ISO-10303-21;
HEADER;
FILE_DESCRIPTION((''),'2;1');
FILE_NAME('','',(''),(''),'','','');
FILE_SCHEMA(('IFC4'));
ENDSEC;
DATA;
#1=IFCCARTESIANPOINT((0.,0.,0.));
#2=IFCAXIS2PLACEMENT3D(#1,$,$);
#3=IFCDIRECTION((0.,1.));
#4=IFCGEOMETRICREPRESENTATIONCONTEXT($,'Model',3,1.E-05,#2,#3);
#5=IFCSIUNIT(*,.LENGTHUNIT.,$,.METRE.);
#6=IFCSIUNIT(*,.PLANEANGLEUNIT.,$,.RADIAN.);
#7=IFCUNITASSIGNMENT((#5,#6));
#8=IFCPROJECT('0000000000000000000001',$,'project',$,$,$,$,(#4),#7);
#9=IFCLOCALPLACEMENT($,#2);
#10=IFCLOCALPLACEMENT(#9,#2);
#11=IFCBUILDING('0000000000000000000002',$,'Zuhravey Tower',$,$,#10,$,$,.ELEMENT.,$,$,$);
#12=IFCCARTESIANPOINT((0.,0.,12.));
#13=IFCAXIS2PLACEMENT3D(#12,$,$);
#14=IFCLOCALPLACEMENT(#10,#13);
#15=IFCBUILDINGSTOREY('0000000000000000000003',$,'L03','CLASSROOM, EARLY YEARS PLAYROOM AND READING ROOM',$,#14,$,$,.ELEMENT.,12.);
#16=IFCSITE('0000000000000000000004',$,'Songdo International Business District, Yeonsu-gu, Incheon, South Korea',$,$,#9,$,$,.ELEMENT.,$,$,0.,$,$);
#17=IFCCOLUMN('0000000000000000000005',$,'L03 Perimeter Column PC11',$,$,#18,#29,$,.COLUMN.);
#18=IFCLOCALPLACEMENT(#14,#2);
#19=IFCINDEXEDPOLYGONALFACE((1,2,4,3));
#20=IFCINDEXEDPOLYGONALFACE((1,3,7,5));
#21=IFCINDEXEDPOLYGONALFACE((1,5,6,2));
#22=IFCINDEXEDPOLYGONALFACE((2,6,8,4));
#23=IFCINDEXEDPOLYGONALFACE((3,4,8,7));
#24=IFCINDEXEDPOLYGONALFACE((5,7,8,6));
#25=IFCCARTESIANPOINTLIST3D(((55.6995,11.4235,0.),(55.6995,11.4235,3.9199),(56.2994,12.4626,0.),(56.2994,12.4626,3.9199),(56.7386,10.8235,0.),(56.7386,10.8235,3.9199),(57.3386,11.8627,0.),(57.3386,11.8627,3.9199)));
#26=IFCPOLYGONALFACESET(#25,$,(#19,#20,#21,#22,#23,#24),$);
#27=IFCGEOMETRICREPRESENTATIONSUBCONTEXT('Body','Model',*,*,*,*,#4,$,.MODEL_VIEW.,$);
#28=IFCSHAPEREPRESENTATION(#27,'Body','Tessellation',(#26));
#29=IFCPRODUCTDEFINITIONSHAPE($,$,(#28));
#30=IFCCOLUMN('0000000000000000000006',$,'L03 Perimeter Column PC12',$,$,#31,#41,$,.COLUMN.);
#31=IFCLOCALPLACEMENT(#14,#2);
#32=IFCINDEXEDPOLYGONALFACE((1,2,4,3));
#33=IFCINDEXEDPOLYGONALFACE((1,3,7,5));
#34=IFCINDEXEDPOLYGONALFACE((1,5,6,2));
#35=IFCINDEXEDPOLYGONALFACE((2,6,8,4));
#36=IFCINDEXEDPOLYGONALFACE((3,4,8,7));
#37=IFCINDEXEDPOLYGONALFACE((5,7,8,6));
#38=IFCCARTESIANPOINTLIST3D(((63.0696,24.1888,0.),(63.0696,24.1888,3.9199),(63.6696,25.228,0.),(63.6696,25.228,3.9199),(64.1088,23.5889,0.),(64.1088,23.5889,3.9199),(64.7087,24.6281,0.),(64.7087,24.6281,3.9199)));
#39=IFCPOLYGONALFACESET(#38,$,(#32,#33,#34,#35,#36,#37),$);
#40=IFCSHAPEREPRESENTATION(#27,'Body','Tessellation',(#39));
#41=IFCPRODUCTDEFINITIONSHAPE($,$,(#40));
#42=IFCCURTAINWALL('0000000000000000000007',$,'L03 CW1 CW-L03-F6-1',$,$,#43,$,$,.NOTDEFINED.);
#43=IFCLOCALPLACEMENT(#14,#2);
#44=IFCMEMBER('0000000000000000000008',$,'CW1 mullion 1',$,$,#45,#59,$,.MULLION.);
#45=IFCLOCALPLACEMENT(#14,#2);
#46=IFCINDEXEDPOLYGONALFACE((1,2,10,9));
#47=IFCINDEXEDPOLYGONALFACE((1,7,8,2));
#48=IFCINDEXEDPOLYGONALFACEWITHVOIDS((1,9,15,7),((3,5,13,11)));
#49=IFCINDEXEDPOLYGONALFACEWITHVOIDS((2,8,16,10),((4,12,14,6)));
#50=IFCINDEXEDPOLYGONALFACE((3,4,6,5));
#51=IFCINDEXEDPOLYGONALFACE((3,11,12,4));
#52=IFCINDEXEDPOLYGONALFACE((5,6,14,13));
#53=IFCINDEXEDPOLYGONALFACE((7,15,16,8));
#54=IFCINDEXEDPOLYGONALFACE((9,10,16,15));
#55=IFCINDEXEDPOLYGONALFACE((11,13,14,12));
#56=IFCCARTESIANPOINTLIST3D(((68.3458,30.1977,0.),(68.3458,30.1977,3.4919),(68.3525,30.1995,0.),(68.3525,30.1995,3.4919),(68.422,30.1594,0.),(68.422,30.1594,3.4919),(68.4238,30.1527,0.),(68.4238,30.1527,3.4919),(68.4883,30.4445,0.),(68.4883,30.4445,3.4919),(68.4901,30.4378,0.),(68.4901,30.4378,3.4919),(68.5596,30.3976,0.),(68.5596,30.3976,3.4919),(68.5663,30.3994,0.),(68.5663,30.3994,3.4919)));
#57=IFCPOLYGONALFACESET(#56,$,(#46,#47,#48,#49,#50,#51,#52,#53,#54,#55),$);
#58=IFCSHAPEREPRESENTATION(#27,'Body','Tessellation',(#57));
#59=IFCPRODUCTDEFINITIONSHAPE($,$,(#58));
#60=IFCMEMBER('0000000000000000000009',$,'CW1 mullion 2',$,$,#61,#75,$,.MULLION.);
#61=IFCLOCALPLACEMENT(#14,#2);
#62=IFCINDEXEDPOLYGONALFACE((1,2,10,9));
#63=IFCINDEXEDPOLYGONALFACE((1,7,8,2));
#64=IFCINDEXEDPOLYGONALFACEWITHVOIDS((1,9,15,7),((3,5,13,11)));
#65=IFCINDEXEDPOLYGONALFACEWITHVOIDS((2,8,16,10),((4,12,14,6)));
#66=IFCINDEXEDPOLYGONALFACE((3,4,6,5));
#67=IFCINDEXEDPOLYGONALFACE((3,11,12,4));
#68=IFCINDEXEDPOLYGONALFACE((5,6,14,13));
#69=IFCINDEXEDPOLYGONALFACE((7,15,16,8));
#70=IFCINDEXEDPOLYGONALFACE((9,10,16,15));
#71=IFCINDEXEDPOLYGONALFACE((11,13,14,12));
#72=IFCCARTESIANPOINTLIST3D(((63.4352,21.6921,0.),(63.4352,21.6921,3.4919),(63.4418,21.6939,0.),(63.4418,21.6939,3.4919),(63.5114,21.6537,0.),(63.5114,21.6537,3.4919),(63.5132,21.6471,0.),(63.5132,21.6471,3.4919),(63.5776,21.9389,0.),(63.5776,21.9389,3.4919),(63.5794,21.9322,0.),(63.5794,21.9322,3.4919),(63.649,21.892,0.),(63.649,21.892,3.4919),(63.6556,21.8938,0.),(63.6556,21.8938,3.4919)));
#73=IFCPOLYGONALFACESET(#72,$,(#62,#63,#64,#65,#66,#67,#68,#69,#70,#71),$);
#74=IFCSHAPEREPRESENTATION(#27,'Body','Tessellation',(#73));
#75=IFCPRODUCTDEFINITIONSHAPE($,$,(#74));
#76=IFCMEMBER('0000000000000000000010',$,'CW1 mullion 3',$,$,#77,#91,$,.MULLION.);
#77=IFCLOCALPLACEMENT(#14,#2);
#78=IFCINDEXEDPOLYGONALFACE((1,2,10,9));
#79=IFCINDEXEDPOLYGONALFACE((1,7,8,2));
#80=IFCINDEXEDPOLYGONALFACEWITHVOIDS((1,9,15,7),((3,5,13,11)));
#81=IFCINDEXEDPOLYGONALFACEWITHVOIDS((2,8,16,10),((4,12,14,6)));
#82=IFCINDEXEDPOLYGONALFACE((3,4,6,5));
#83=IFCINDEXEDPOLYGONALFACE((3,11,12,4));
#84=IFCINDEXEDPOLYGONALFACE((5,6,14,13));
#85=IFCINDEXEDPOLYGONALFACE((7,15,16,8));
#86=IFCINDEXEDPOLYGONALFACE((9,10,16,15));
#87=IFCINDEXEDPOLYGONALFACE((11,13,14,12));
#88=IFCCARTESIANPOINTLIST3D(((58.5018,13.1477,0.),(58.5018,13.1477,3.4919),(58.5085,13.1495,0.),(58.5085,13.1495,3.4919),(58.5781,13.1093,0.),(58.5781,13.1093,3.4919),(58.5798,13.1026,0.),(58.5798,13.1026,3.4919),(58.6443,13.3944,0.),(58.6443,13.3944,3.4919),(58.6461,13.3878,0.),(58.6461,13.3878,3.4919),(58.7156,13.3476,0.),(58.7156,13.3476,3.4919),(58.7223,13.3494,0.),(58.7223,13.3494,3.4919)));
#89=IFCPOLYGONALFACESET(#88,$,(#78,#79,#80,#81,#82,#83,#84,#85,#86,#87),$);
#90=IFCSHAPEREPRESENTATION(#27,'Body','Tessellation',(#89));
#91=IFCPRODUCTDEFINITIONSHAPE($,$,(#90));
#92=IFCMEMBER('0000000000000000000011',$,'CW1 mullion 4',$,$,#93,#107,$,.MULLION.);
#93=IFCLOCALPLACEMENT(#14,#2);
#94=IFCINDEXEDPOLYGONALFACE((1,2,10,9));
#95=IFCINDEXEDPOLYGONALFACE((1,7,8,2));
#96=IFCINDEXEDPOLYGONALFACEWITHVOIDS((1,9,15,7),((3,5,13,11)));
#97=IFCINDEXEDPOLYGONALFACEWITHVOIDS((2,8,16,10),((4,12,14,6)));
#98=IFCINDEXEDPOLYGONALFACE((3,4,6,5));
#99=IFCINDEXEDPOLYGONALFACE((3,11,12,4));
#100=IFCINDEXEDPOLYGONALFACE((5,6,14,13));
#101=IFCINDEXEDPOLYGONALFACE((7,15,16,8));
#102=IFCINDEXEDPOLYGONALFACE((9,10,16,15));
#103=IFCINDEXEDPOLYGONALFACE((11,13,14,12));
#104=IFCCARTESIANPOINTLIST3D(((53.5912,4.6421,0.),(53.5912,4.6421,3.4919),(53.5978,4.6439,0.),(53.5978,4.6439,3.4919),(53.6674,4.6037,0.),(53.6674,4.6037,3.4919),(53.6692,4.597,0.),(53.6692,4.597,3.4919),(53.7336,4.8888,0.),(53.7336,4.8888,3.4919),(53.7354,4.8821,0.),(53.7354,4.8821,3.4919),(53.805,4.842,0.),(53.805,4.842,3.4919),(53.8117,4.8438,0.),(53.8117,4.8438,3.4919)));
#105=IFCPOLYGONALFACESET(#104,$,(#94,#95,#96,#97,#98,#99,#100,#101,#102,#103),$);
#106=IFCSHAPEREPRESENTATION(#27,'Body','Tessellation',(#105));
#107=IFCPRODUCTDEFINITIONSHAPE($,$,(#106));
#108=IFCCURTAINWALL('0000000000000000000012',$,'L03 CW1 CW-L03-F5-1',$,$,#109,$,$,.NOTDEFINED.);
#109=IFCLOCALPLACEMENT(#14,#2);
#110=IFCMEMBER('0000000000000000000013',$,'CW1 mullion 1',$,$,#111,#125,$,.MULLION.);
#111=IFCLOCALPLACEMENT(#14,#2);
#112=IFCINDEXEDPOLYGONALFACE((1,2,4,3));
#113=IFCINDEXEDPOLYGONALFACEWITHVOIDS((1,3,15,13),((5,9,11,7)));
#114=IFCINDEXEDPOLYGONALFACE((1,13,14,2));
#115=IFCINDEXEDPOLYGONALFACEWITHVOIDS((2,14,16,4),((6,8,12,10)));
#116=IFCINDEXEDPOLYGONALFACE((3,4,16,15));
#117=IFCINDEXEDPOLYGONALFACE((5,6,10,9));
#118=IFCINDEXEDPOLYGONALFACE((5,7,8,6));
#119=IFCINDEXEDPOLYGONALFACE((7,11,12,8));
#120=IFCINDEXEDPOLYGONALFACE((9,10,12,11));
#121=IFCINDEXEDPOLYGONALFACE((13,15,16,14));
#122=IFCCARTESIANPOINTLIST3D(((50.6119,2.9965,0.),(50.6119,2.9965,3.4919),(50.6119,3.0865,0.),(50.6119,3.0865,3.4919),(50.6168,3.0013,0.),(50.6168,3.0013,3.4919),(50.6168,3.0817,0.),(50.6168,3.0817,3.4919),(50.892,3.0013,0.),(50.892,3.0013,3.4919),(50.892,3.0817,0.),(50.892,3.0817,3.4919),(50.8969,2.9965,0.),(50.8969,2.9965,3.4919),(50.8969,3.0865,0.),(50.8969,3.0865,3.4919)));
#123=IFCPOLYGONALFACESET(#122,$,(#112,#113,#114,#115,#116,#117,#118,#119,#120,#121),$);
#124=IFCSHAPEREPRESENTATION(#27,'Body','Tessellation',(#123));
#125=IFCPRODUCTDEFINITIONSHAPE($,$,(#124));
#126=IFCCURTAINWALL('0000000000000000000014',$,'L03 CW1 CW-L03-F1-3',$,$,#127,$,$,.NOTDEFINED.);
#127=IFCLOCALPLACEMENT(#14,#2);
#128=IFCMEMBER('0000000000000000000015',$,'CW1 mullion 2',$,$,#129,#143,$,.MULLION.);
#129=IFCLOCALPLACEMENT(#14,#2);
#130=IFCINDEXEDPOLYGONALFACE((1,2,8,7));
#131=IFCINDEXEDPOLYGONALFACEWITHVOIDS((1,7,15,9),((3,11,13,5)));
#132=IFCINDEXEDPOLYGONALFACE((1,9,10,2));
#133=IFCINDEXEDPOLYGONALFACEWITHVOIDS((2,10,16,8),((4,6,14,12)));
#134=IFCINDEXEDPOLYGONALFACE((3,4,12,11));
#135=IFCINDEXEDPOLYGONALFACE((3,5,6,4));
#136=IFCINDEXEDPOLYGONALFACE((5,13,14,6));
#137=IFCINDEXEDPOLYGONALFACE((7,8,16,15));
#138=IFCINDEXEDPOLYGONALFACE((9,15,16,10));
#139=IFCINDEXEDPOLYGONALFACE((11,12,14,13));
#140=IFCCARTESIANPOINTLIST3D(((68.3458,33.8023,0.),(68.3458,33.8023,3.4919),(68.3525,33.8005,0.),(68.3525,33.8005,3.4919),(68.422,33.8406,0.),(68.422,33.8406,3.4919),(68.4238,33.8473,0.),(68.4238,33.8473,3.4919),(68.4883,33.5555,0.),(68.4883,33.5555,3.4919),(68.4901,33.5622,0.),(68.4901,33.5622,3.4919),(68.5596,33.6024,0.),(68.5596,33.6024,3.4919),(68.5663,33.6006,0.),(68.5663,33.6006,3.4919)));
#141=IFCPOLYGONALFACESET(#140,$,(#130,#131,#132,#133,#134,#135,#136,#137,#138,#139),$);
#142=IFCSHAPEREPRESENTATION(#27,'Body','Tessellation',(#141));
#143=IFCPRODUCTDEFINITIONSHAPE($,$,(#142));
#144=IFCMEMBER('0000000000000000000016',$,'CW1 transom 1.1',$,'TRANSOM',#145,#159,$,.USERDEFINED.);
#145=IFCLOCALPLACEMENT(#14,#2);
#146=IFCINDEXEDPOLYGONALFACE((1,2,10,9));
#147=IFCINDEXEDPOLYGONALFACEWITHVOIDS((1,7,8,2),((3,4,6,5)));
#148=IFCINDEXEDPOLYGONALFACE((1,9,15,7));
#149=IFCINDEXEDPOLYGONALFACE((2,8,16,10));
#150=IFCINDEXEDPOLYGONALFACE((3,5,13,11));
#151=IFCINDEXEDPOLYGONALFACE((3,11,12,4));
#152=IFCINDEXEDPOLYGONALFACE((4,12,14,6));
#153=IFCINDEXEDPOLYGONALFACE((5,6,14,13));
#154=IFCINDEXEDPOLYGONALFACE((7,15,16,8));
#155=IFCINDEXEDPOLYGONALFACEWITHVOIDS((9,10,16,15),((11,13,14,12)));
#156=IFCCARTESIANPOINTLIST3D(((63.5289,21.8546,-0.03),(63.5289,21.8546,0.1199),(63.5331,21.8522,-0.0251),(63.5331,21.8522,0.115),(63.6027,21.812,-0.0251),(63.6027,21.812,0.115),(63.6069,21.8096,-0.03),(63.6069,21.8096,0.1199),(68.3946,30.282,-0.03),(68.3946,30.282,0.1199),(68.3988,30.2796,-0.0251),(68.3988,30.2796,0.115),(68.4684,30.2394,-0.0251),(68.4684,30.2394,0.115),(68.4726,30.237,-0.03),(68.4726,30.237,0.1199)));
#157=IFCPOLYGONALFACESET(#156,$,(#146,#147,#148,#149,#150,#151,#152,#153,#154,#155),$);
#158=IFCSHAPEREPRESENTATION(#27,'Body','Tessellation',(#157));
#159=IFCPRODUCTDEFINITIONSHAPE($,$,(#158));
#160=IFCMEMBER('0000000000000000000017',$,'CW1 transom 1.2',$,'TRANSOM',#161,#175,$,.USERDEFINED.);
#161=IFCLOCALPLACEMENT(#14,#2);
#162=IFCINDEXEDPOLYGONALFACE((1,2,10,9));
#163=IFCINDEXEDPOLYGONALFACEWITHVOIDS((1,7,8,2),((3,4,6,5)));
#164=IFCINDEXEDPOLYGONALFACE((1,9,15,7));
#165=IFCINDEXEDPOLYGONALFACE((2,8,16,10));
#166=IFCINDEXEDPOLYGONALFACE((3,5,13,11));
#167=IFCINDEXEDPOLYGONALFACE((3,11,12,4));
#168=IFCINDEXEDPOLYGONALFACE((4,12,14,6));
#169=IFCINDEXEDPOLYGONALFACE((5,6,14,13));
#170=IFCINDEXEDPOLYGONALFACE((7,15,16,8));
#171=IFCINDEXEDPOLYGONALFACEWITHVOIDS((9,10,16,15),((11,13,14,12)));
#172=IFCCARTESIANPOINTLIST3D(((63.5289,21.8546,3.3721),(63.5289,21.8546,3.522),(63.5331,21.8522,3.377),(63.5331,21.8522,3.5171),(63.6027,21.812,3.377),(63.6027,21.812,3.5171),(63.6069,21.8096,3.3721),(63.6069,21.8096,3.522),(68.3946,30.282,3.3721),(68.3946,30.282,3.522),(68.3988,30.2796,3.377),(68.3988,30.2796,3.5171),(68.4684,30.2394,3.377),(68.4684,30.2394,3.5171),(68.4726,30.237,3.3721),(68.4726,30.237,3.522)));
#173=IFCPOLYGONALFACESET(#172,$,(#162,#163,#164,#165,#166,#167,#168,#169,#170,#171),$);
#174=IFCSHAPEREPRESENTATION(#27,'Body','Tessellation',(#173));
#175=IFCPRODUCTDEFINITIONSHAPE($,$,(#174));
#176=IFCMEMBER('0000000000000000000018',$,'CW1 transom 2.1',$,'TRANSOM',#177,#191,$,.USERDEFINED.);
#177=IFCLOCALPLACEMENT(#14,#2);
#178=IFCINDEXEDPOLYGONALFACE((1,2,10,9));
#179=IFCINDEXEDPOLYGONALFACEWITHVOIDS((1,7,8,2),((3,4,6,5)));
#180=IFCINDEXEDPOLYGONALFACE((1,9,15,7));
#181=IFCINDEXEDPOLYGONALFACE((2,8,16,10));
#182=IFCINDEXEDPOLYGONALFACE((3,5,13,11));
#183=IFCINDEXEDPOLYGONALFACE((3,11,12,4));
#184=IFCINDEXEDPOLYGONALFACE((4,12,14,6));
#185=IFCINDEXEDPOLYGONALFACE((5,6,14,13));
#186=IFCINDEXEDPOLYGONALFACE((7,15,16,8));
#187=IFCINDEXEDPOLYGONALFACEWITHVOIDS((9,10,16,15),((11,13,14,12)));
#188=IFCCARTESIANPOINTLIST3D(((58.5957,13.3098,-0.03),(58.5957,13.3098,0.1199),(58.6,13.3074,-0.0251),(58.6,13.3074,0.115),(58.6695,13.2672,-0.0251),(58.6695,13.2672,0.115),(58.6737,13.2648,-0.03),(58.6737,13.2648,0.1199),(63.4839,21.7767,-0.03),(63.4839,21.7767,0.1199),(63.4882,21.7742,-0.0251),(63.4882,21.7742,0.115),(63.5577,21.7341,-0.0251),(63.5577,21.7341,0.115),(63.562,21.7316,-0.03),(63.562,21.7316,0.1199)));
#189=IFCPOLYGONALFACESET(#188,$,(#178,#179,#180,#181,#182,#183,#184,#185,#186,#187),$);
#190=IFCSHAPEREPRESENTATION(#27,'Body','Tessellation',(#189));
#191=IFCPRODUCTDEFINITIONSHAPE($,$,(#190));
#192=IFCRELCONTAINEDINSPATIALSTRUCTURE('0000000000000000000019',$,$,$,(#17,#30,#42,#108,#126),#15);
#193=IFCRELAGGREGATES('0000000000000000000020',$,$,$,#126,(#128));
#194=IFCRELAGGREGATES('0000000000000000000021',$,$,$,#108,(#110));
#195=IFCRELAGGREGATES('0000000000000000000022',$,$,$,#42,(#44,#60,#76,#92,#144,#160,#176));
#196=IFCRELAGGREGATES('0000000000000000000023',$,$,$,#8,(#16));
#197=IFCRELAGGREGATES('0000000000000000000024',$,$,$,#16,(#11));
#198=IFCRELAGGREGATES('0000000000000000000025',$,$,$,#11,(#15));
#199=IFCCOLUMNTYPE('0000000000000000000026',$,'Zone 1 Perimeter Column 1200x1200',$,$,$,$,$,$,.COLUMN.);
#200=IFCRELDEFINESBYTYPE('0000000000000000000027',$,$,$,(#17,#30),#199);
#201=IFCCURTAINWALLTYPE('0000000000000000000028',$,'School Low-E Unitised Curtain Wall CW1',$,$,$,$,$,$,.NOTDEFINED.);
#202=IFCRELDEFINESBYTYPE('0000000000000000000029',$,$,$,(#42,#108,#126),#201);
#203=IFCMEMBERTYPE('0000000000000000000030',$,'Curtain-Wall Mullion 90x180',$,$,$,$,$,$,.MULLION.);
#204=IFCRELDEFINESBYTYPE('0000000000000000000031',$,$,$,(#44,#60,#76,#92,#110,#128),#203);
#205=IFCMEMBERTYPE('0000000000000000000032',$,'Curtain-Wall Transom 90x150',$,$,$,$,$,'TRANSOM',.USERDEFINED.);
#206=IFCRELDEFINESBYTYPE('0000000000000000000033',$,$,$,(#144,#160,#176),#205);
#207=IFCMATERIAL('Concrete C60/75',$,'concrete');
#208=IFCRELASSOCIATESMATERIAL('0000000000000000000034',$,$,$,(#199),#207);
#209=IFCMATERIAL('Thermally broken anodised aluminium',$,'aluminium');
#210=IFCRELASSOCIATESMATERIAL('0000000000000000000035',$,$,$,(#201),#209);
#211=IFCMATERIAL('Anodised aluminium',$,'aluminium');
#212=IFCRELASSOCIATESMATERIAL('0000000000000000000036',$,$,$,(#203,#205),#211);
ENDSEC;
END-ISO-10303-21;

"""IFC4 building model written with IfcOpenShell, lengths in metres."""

from ifc_helpers import new_model, si_unit, direction, frame, origin, origin_2d, place, context, subcontext, project, spatial, rectangle, hollow_rectangle, extrude, material, material_profile, profile_set, type_object, element, aggregate, save


model = new_model("IFC4")

# Units and contexts
model_context = context("Model", 3, precision=1e-05, world=origin(), true_north=direction((0.0, 1.0)))
body_context = subcontext(model_context, "Body", "Model", "MODEL_VIEW")
ifc_project = project(units=[si_unit("LENGTHUNIT", "METRE"), si_unit("PLANEANGLEUNIT", "RADIAN")], contexts=[model_context])

# Site, building, storey
site_placement = place(None, origin())
site = spatial("IfcSite", under=ifc_project, at=site_placement, Name="Songdo International Business District, Yeonsu-gu, Incheon, South Korea", CompositionType="ELEMENT", RefElevation=0.0)
building_placement = place(site_placement, origin())
building = spatial("IfcBuilding", under=site, at=building_placement, Name="Zuhravey Tower", CompositionType="ELEMENT")
storey_placement = place(building_placement, frame((0.0, 0.0, 12.0)))
storey = spatial("IfcBuildingStorey", under=building, at=storey_placement, Name="L03", Description="CLASSROOM, EARLY YEARS PLAYROOM AND READING ROOM", CompositionType="ELEMENT", Elevation=12.0)

# Columns
ifc_material_1 = material(Name="Concrete C60/75", Category="concrete")
ifc_material_profile_1 = material_profile(ifc_material_1, rectangle(XDim=1.2, YDim=1.2, at=origin_2d()), Name="RC-1200x1200")
ifc_profile_set_1 = profile_set([ifc_material_profile_1], Name="Concrete C60/75")
column_type = type_object("IfcColumnType", Name="Zone 1 Perimeter Column 1200x1200", PredefinedType="COLUMN", material=ifc_profile_set_1)
for number, where, z_axis, x_axis, name in (
    (1, (56.519, 11.6431, 0.0), (0.0, 0.0, 1.0), (0.5, 0.866025, 0.0), "L03 Perimeter Column PC11"),
    (2, (63.8892, 24.4084, 0.0), (0.0, 0.0, 1.0), (0.5, 0.866025, 0.0), "L03 Perimeter Column PC12"),
):
    element("IfcColumn", number, at=place(storey_placement, frame(where, z_axis=z_axis, x_axis=x_axis)), inside=storey, type_object=column_type, Name=name, PredefinedType="COLUMN", context=body_context, shape_type="SweptSolid", body=[
        extrude(rectangle(XDim=1.2, YDim=1.2, at=origin_2d()), origin(), (0.0, 0.0, 1.0), 3.9199),
    ])

# Curtain wall, members
ifc_material_2 = material(Name="Thermally broken anodised aluminium", Category="aluminium")
curtain_wall_type = type_object("IfcCurtainWallType", Name="School Low-E Unitised Curtain Wall CW1", PredefinedType="NOTDEFINED", material=ifc_material_2)
curtain_wall_1_placement = place(storey_placement, origin())
curtain_wall_1 = element("IfcCurtainWall", 3, at=curtain_wall_1_placement, inside=storey, type_object=curtain_wall_type, Name="L03 CW1 CW-L03-F6-1", PredefinedType="NOTDEFINED")
ifc_material_3 = material(Name="Anodised aluminium", Category="aluminium")
ifc_material_profile_2 = material_profile(ifc_material_3, hollow_rectangle(XDim=0.0901, YDim=0.2849, WallThickness=0.0049, at=origin_2d()), Name="ALU-RHS-90x285x5")
ifc_profile_set_2 = profile_set([ifc_material_profile_2], Name="Anodised aluminium")
member_type_1 = type_object("IfcMemberType", Name="Curtain-Wall Mullion 90x180", PredefinedType="MULLION", material=ifc_profile_set_2)
member_1_placement = place(storey_placement, frame((68.4561, 30.2986, 0.0), z_axis=(0.0, 0.0, 1.0), x_axis=(0.866026, -0.5, 0.0)))
member_1 = element("IfcMember", 4, at=member_1_placement, type_object=member_type_1, Name="CW1 mullion 1", PredefinedType="MULLION", context=body_context, shape_type="SweptSolid", body=[
    extrude(hollow_rectangle(XDim=0.0901, YDim=0.2849, WallThickness=0.0049, at=origin_2d()), origin(), (0.0, 0.0, 1.0), 3.4919),
])
member_2_placement = place(storey_placement, frame((63.5454, 21.793, 0.0), z_axis=(0.0, 0.0, 1.0), x_axis=(0.866026, -0.5, 0.0)))
member_2 = element("IfcMember", 5, at=member_2_placement, type_object=member_type_1, Name="CW1 mullion 2", PredefinedType="MULLION", context=body_context, shape_type="SweptSolid", body=[
    extrude(hollow_rectangle(XDim=0.0901, YDim=0.2849, WallThickness=0.0049, at=origin_2d()), origin(), (0.0, 0.0, 1.0), 3.4919),
])
member_3_placement = place(storey_placement, frame((58.6121, 13.2485, 0.0), z_axis=(0.0, 0.0, 1.0), x_axis=(0.866026, -0.5, 0.0)))
member_3 = element("IfcMember", 6, at=member_3_placement, type_object=member_type_1, Name="CW1 mullion 3", PredefinedType="MULLION", context=body_context, shape_type="SweptSolid", body=[
    extrude(hollow_rectangle(XDim=0.0901, YDim=0.2849, WallThickness=0.0049, at=origin_2d()), origin(), (0.0, 0.0, 1.0), 3.4919),
])
member_4_placement = place(storey_placement, frame((53.7014, 4.7429, 0.0), z_axis=(0.0, 0.0, 1.0), x_axis=(0.866026, -0.5, 0.0)))
member_4 = element("IfcMember", 7, at=member_4_placement, type_object=member_type_1, Name="CW1 mullion 4", PredefinedType="MULLION", context=body_context, shape_type="SweptSolid", body=[
    extrude(hollow_rectangle(XDim=0.0901, YDim=0.2849, WallThickness=0.0049, at=origin_2d()), origin(), (0.0, 0.0, 1.0), 3.4919),
])

# Curtain walls, members
curtain_wall_2_placement = place(storey_placement, origin())
curtain_wall_2 = element("IfcCurtainWall", 8, at=curtain_wall_2_placement, inside=storey, type_object=curtain_wall_type, Name="L03 CW1 CW-L03-F5-1", PredefinedType="NOTDEFINED")
member_5_placement = place(storey_placement, frame((50.7544, 3.0415, 0.0), z_axis=(0.0, 0.0, 1.0), x_axis=(0.0, -1.0, 0.0)))
member_5 = element("IfcMember", 9, at=member_5_placement, type_object=member_type_1, Name="CW1 mullion 1", PredefinedType="MULLION", context=body_context, shape_type="SweptSolid", body=[
    extrude(hollow_rectangle(XDim=0.0901, YDim=0.2849, WallThickness=0.0049, at=origin_2d()), origin(), (0.0, 0.0, 1.0), 3.4919),
])
curtain_wall_3_placement = place(storey_placement, origin())
curtain_wall_3 = element("IfcCurtainWall", 10, at=curtain_wall_3_placement, inside=storey, type_object=curtain_wall_type, Name="L03 CW1 CW-L03-F1-3", PredefinedType="NOTDEFINED")
member_6_placement = place(storey_placement, frame((68.4561, 33.7014, 0.0), z_axis=(0.0, 0.0, 1.0), x_axis=(0.866027, 0.499998, 0.0)))
member_6 = element("IfcMember", 11, at=member_6_placement, type_object=member_type_1, Name="CW1 mullion 2", PredefinedType="MULLION", context=body_context, shape_type="SweptSolid", body=[
    extrude(hollow_rectangle(XDim=0.0901, YDim=0.2849, WallThickness=0.0049, at=origin_2d()), origin(), (0.0, 0.0, 1.0), 3.4919),
])
aggregate(curtain_wall_3, [member_6])

# Members
ifc_material_profile_3 = material_profile(ifc_material_3, hollow_rectangle(XDim=0.0901, YDim=0.1499, WallThickness=0.0049, at=origin_2d()), Name="ALU-RHS-90x150x5")
ifc_profile_set_3 = profile_set([ifc_material_profile_3], Name="Anodised aluminium")
member_type_2 = type_object("IfcMemberType", Name="Curtain-Wall Transom 90x150", ElementType="TRANSOM", PredefinedType="USERDEFINED", material=ifc_profile_set_3)
member_7_placement = place(storey_placement, frame((68.4336, 30.2595, 0.0449), z_axis=(-0.500008, -0.866021, 0.0), x_axis=(0.866021, -0.500008, 0.0)))
member_7 = element("IfcMember", 12, at=member_7_placement, type_object=member_type_2, Name="CW1 transom 1.1", ObjectType="TRANSOM", PredefinedType="USERDEFINED", context=body_context, shape_type="SweptSolid", body=[
    extrude(hollow_rectangle(XDim=0.0901, YDim=0.1499, WallThickness=0.0049, at=origin_2d()), origin(), (0.0, 0.0, 1.0), 9.7312),
])
member_8_placement = place(storey_placement, frame((68.4336, 30.2595, 3.447), z_axis=(-0.500008, -0.866021, 0.0), x_axis=(0.866021, -0.500008, 0.0)))
member_8 = element("IfcMember", 13, at=member_8_placement, type_object=member_type_2, Name="CW1 transom 1.2", ObjectType="TRANSOM", PredefinedType="USERDEFINED", context=body_context, shape_type="SweptSolid", body=[
    extrude(hollow_rectangle(XDim=0.0901, YDim=0.1499, WallThickness=0.0049, at=origin_2d()), origin(), (0.0, 0.0, 1.0), 9.7312),
])
member_9_placement = place(storey_placement, frame((63.5229, 21.7542, 0.0449), z_axis=(-0.49999, -0.866031, 0.0), x_axis=(0.866031, -0.49999, 0.0)))
member_9 = element("IfcMember", 14, at=member_9_placement, type_object=member_type_2, Name="CW1 transom 2.1", ObjectType="TRANSOM", PredefinedType="USERDEFINED", context=body_context, shape_type="SweptSolid", body=[
    extrude(hollow_rectangle(XDim=0.0901, YDim=0.1499, WallThickness=0.0049, at=origin_2d()), origin(), (0.0, 0.0, 1.0), 9.7766),
])
aggregate(curtain_wall_2, [member_5])

aggregate(curtain_wall_1, [member_1, member_2, member_3, member_4, member_7, member_8, member_9])

save(model, "model.ifc")
